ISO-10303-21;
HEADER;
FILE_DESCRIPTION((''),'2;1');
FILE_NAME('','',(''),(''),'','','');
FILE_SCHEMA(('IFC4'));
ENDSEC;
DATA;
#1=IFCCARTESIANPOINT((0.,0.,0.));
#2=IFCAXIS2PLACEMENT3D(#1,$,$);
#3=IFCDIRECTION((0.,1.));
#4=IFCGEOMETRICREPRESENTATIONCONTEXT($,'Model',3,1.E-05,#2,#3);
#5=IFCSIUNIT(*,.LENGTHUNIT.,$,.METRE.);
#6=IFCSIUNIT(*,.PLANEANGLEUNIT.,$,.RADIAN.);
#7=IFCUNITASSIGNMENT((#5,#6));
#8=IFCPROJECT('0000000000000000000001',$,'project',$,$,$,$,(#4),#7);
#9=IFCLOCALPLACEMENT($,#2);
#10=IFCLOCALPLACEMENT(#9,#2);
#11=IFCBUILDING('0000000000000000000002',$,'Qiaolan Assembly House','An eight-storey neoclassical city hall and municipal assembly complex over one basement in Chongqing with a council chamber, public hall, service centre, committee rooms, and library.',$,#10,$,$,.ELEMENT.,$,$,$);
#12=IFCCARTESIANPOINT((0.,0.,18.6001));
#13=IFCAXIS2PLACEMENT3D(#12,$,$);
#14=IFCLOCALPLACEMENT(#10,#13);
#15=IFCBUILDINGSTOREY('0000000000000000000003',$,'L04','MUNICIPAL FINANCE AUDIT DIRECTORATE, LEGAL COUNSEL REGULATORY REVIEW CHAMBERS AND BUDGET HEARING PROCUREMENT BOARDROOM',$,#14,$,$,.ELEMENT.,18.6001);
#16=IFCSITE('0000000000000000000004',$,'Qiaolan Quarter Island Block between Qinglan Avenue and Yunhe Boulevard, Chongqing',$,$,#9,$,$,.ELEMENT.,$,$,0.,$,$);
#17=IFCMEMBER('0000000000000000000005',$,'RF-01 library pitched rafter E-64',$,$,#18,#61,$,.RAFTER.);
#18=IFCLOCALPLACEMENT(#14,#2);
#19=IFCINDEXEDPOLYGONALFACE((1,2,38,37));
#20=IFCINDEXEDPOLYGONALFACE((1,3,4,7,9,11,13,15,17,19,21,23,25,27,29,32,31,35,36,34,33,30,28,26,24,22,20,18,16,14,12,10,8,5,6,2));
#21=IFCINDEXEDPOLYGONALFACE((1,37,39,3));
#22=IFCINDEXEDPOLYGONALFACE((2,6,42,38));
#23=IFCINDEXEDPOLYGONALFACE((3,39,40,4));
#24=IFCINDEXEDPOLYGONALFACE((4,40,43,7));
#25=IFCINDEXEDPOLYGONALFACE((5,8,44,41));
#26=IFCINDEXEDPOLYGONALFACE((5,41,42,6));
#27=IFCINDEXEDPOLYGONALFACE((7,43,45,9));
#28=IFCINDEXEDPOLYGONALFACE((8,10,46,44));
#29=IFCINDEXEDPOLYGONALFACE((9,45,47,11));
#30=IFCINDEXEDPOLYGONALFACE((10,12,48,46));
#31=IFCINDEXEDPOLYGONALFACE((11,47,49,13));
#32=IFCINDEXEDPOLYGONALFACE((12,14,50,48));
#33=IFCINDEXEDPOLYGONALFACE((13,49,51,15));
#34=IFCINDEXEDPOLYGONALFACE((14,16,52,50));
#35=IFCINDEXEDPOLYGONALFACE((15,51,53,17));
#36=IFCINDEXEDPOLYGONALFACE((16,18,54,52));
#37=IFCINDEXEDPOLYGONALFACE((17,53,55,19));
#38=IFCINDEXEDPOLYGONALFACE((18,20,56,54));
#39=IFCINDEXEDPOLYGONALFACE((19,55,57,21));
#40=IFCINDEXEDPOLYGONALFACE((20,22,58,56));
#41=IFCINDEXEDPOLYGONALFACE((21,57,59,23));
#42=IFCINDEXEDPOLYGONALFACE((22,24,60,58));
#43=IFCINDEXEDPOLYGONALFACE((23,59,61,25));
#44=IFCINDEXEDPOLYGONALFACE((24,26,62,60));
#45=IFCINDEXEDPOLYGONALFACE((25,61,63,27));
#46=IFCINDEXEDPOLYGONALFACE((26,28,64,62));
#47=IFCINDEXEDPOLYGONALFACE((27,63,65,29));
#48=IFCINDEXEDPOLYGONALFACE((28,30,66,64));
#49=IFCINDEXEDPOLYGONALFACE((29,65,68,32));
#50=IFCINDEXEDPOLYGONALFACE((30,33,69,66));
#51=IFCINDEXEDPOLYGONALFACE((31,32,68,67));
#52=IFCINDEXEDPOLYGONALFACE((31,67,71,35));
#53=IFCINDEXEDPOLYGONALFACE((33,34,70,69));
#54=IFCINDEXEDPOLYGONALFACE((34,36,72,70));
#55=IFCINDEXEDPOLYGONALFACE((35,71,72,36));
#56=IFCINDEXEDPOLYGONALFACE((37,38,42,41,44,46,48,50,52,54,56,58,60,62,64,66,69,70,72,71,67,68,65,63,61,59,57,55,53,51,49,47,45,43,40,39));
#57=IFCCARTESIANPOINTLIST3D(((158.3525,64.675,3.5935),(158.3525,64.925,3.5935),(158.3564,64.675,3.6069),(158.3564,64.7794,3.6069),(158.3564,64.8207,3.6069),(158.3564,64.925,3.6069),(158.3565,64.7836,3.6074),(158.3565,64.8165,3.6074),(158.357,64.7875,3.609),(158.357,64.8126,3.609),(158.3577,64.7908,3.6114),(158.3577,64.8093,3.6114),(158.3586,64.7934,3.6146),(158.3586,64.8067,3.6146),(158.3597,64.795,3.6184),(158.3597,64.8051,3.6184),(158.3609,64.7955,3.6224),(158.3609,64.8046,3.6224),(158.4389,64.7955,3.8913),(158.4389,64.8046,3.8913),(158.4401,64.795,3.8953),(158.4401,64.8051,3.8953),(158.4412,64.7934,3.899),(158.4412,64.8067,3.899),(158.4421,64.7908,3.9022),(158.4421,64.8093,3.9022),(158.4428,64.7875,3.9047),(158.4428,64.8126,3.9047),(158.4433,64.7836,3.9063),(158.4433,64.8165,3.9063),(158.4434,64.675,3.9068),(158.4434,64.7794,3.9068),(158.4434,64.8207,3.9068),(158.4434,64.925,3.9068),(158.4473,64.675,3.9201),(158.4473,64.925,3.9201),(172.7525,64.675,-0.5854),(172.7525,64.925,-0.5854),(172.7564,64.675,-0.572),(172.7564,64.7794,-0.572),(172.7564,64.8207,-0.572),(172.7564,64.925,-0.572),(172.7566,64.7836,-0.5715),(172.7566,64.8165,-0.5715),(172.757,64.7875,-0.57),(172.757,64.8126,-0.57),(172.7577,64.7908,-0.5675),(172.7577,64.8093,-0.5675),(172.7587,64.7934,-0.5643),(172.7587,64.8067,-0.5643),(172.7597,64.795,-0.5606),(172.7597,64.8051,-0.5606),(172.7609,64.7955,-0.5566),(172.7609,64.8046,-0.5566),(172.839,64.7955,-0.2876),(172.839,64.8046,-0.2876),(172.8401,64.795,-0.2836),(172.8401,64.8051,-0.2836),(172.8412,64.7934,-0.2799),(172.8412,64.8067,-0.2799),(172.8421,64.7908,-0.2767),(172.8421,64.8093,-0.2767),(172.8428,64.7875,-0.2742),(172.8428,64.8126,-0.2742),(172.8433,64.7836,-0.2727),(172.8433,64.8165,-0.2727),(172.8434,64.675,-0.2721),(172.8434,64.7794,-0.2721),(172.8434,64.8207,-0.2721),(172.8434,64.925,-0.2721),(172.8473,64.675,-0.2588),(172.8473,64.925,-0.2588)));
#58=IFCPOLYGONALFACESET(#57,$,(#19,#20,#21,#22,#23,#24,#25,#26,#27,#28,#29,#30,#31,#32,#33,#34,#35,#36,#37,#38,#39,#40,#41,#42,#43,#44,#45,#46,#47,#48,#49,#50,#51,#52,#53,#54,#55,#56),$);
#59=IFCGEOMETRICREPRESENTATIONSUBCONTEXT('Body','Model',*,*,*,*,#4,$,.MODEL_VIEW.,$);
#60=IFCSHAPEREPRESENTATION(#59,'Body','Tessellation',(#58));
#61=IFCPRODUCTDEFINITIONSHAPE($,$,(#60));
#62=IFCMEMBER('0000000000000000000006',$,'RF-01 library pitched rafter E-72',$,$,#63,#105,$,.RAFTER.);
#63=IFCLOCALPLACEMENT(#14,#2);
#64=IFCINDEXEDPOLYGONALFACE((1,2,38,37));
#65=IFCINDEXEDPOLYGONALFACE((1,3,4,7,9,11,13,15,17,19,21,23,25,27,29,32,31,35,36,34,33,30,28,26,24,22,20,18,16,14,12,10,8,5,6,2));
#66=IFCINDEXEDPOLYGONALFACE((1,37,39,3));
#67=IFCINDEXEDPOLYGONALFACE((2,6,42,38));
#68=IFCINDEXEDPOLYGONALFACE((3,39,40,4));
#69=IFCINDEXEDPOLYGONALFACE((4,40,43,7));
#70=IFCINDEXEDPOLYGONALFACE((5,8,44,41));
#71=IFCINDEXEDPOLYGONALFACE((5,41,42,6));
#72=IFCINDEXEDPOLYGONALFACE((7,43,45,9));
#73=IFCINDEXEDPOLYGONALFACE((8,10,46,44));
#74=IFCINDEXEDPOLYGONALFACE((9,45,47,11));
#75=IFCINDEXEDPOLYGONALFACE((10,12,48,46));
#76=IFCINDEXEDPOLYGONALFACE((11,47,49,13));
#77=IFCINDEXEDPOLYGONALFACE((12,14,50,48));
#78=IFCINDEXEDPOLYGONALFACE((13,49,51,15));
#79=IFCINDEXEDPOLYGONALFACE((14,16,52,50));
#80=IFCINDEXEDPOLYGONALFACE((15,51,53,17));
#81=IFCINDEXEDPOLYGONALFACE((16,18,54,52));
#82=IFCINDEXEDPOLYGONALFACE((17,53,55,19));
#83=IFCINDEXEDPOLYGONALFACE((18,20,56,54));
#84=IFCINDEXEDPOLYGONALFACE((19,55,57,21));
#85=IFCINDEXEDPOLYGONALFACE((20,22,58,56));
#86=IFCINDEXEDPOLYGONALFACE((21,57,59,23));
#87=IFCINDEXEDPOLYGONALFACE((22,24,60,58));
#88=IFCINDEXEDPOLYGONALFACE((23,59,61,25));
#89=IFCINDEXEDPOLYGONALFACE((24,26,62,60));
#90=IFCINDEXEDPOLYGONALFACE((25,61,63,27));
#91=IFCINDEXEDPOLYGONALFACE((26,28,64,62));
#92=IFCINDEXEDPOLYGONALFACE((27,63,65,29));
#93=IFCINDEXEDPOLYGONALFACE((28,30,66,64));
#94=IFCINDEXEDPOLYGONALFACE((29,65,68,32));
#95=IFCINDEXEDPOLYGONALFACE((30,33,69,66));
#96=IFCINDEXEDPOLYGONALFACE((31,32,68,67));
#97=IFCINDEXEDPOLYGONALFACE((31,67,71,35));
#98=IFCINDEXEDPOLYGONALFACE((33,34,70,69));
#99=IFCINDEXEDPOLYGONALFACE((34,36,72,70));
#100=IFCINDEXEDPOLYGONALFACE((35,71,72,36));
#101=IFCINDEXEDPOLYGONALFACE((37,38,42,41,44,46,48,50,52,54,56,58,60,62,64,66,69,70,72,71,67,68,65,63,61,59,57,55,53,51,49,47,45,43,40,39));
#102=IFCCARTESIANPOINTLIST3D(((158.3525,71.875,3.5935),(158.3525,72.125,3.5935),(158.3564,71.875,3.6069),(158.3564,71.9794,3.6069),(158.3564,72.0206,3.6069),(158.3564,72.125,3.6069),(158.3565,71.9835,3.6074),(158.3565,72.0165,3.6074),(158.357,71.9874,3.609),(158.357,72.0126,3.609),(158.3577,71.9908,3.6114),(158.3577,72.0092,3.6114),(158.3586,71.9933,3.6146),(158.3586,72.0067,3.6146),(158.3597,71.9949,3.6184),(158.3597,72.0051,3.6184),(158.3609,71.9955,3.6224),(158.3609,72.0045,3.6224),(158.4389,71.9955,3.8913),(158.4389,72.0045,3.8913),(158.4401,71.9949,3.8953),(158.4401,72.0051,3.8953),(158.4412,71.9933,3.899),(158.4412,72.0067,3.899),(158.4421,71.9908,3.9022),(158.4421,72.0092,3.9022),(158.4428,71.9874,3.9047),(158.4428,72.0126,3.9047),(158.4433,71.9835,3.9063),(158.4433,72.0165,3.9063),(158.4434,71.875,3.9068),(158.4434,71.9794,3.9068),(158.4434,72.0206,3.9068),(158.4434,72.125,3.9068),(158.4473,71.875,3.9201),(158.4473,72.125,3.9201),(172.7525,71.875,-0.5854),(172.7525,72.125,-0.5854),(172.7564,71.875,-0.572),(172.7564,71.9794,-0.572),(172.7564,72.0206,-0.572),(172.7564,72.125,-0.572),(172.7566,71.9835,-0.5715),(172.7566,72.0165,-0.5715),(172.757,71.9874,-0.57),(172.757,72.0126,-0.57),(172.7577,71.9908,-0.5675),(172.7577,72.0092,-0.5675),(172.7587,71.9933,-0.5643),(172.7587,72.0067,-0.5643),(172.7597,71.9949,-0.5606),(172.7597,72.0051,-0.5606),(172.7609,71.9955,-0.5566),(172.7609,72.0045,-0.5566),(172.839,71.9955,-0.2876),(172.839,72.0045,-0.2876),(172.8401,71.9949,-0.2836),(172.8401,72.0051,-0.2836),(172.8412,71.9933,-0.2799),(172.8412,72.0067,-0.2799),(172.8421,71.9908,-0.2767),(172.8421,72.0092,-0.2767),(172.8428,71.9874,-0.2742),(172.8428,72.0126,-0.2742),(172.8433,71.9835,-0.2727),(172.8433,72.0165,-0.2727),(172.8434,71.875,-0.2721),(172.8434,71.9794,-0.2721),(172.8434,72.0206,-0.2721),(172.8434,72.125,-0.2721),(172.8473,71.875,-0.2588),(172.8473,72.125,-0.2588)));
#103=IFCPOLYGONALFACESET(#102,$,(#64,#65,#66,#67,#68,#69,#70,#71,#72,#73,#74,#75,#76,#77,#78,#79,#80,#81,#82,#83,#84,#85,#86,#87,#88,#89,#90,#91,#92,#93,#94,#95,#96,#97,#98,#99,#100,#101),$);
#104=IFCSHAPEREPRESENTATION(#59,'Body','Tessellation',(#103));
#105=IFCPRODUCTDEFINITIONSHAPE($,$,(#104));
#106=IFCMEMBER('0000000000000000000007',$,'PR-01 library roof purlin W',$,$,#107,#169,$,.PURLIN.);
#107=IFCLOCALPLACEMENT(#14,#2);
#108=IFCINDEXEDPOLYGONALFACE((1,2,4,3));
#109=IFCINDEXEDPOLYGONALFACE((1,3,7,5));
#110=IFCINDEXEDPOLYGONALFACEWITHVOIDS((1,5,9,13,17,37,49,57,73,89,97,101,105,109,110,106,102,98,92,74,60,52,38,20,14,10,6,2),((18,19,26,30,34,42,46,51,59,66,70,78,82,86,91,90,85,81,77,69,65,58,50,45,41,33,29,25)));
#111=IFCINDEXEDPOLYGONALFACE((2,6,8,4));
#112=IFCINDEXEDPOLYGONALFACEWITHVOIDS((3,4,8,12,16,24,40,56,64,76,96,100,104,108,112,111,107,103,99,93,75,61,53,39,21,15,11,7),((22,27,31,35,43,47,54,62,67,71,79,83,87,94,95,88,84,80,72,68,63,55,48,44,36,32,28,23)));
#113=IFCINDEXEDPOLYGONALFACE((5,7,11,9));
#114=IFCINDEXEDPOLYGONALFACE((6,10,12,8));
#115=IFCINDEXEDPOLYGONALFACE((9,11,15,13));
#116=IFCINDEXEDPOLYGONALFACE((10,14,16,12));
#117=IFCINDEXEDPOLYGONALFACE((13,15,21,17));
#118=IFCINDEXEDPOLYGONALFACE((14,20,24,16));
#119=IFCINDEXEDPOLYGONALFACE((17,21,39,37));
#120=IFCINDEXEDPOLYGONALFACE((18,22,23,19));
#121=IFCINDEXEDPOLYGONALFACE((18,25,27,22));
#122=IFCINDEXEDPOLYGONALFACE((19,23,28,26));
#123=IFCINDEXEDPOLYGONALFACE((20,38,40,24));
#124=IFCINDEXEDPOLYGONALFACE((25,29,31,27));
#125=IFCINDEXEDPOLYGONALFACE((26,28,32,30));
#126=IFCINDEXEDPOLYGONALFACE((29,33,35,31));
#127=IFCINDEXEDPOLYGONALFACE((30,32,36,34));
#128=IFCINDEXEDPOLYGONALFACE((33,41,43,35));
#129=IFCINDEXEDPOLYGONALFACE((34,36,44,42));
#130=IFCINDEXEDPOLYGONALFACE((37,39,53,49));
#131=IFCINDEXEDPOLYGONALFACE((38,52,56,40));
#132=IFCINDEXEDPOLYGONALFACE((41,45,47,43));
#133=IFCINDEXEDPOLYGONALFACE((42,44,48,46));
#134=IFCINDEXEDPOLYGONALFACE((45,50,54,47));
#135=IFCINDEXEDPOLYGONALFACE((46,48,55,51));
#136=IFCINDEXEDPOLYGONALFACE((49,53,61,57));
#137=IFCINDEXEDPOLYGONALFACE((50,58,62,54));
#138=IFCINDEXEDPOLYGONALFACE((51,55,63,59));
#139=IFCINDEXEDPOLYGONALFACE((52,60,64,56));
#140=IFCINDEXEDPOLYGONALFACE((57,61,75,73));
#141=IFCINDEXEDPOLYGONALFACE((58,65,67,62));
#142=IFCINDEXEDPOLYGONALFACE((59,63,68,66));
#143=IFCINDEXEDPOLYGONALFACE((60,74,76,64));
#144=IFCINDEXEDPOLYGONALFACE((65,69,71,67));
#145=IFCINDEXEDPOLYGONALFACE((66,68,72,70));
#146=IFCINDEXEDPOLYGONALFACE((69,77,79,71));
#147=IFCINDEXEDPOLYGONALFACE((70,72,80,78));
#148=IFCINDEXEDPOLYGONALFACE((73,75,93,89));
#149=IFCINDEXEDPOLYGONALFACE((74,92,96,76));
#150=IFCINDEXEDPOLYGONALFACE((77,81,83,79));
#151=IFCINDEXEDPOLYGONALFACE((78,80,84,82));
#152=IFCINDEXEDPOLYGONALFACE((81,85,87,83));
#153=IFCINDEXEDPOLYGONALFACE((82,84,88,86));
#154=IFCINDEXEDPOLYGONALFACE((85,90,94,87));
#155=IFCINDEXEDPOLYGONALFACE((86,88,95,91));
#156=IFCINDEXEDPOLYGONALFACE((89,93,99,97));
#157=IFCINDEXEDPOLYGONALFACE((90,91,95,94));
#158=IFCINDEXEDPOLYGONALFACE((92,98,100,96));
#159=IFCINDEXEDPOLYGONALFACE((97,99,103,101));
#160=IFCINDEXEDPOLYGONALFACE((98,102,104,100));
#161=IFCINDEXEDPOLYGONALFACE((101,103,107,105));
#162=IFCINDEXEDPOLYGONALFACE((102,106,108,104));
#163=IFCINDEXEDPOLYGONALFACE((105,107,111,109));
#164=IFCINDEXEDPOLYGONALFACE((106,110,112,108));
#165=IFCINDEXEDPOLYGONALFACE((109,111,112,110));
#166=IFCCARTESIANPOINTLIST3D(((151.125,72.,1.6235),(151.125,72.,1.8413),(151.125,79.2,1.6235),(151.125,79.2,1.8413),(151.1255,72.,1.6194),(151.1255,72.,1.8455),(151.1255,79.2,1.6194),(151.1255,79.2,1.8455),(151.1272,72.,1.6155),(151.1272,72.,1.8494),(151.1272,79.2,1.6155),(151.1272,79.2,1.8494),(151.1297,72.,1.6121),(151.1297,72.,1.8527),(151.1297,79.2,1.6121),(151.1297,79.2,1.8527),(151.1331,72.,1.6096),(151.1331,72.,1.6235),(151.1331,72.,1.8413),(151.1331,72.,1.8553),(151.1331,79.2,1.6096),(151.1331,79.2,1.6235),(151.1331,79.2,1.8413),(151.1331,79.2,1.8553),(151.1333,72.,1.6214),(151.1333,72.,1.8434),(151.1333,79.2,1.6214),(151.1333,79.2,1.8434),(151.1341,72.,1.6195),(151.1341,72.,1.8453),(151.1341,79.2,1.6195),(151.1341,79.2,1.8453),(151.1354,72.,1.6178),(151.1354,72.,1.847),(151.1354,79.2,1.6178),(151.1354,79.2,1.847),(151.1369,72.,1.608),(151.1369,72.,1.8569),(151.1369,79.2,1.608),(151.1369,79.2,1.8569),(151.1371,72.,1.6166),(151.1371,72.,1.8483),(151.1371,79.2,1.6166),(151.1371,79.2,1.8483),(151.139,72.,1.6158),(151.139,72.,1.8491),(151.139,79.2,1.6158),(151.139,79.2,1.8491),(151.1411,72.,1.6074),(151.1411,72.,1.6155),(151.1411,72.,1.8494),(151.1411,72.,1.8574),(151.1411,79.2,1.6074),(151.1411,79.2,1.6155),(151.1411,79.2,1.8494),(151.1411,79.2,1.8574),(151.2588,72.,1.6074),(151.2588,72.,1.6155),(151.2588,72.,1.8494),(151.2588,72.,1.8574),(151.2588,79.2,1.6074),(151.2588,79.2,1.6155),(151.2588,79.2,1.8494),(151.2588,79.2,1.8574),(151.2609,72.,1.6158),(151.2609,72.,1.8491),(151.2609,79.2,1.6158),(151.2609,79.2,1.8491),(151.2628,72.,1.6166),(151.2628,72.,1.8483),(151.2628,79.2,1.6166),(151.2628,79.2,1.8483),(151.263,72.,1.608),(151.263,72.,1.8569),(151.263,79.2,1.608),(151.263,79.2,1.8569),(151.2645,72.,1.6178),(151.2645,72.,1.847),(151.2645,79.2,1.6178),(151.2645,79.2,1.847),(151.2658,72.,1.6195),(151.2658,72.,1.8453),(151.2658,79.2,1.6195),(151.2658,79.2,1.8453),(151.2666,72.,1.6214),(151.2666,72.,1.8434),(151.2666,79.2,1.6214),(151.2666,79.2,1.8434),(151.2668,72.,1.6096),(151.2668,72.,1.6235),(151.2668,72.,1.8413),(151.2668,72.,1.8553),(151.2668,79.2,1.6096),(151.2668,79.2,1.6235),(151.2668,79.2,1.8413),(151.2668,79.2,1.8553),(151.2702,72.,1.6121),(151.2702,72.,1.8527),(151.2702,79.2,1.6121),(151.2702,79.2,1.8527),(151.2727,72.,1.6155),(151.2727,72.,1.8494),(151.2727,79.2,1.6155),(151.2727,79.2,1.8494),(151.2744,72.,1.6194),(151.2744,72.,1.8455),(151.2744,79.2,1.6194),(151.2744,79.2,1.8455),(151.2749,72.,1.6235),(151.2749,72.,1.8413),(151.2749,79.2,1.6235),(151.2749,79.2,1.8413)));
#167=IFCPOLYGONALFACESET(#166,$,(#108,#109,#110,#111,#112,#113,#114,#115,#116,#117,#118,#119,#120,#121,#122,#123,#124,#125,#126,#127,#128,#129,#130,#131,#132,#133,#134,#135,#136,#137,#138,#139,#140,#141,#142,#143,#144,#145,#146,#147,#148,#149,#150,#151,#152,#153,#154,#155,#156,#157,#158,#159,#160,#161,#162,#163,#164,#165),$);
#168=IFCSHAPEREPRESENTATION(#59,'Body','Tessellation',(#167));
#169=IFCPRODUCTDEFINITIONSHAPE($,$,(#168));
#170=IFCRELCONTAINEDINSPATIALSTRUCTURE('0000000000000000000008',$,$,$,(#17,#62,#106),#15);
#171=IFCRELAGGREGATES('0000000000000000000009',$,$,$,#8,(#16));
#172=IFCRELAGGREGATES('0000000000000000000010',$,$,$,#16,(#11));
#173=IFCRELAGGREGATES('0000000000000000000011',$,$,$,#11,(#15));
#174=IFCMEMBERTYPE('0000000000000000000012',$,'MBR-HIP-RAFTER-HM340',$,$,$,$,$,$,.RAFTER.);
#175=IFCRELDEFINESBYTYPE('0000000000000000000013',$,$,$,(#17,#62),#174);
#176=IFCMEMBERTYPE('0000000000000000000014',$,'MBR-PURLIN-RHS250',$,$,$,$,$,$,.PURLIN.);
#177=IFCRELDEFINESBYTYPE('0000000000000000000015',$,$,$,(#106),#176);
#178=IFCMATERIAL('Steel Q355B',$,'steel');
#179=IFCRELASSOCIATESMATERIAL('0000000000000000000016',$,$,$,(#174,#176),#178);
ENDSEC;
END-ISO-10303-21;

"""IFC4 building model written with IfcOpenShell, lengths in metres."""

from ifc_helpers import new_model, si_unit, direction, frame, origin, origin_2d, place, context, subcontext, project, spatial, hollow_rectangle, i_section, extrude, material, material_profile, profile_set, type_object, element, save


model = new_model("IFC4")

# Units and contexts
model_context = context("Model", 3, precision=1e-05, world=origin(), true_north=direction((0.0, 1.0)))
body_context = subcontext(model_context, "Body", "Model", "MODEL_VIEW")
ifc_project = project(units=[si_unit("LENGTHUNIT", "METRE"), si_unit("PLANEANGLEUNIT", "RADIAN")], contexts=[model_context])

# Site, building, storey
site_placement = place(None, origin())
site = spatial("IfcSite", under=ifc_project, at=site_placement, Name="Qiaolan Quarter Island Block between Qinglan Avenue and Yunhe Boulevard, Chongqing", CompositionType="ELEMENT", RefElevation=0.0)
building_placement = place(site_placement, origin())
building = spatial("IfcBuilding", under=site, at=building_placement, Name="Qiaolan Assembly House", Description="An eight-storey neoclassical city hall and municipal assembly complex over one basement in Chongqing with a council chamber, public hall, service centre, committee rooms, and library.", CompositionType="ELEMENT")
storey_placement = place(building_placement, frame((0.0, 0.0, 18.6001)))
storey = spatial("IfcBuildingStorey", under=building, at=storey_placement, Name="L04", Description="MUNICIPAL FINANCE AUDIT DIRECTORATE, LEGAL COUNSEL REGULATORY REVIEW CHAMBERS AND BUDGET HEARING PROCUREMENT BOARDROOM", CompositionType="ELEMENT", Elevation=18.6001)

# Shared definitions
ifc_material = material(Name="Steel Q355B", Category="steel")

# Members
ifc_material_profile_1 = material_profile(ifc_material, i_section(OverallWidth=0.25, OverallDepth=0.3401, WebThickness=0.009, FlangeThickness=0.0139, FilletRadius=0.0161, at=origin_2d()), Name="HM 340x250x9x14-RF")
ifc_profile_set_1 = profile_set([ifc_material_profile_1], Name="Steel Q355B")
member_type_1 = type_object("IfcMemberType", Name="MBR-HIP-RAFTER-HM340", PredefinedType="RAFTER", material=ifc_profile_set_1)
for number, where, z_axis, x_axis, name in (
    (1, (158.3999, 64.8, 3.7568), (0.960377, 0.0, -0.278704), (0.0, 1.0, 0.0), "RF-01 library pitched rafter E-64"),
    (2, (158.3999, 72.0, 3.7568), (0.960377, 0.0, -0.278704), (0.0, 1.0, 0.0), "RF-01 library pitched rafter E-72"),
):
    element("IfcMember", number, at=place(storey_placement, frame(where, z_axis=z_axis, x_axis=x_axis)), inside=storey, type_object=member_type_1, Name=name, PredefinedType="RAFTER", context=body_context, shape_type="SweptSolid", body=[
        extrude(i_section(OverallWidth=0.25, OverallDepth=0.3401, WebThickness=0.009, FlangeThickness=0.0139, FilletRadius=0.0161, at=origin_2d()), origin(), (0.0, 0.0, 1.0), 14.9941),
    ])
ifc_material_profile_2 = material_profile(ifc_material, hollow_rectangle(XDim=0.1499, YDim=0.25, WallThickness=0.0081, InnerFilletRadius=0.0081, OuterFilletRadius=0.0161, at=origin_2d()), Name="RHS 250x150x8")
ifc_profile_set_2 = profile_set([ifc_material_profile_2], Name="Steel Q355B")
member_type_2 = type_object("IfcMemberType", Name="MBR-PURLIN-RHS250", PredefinedType="PURLIN", material=ifc_profile_set_2)
for number, where, z_axis, x_axis, name in (
    (3, (151.2, 72.0, 1.7324), (0.0, 1.0, 0.0), (-1.0, 0.0, 0.0), "PR-01 library roof purlin W"),
):
    element("IfcMember", number, at=place(storey_placement, frame(where, z_axis=z_axis, x_axis=x_axis)), inside=storey, type_object=member_type_2, Name=name, PredefinedType="PURLIN", context=body_context, shape_type="SweptSolid", body=[
        extrude(hollow_rectangle(XDim=0.1499, YDim=0.25, WallThickness=0.0081, InnerFilletRadius=0.0081, OuterFilletRadius=0.0161, at=origin_2d()), origin(), (0.0, 0.0, 1.0), 7.2),
    ])

save(model, "model.ifc")
